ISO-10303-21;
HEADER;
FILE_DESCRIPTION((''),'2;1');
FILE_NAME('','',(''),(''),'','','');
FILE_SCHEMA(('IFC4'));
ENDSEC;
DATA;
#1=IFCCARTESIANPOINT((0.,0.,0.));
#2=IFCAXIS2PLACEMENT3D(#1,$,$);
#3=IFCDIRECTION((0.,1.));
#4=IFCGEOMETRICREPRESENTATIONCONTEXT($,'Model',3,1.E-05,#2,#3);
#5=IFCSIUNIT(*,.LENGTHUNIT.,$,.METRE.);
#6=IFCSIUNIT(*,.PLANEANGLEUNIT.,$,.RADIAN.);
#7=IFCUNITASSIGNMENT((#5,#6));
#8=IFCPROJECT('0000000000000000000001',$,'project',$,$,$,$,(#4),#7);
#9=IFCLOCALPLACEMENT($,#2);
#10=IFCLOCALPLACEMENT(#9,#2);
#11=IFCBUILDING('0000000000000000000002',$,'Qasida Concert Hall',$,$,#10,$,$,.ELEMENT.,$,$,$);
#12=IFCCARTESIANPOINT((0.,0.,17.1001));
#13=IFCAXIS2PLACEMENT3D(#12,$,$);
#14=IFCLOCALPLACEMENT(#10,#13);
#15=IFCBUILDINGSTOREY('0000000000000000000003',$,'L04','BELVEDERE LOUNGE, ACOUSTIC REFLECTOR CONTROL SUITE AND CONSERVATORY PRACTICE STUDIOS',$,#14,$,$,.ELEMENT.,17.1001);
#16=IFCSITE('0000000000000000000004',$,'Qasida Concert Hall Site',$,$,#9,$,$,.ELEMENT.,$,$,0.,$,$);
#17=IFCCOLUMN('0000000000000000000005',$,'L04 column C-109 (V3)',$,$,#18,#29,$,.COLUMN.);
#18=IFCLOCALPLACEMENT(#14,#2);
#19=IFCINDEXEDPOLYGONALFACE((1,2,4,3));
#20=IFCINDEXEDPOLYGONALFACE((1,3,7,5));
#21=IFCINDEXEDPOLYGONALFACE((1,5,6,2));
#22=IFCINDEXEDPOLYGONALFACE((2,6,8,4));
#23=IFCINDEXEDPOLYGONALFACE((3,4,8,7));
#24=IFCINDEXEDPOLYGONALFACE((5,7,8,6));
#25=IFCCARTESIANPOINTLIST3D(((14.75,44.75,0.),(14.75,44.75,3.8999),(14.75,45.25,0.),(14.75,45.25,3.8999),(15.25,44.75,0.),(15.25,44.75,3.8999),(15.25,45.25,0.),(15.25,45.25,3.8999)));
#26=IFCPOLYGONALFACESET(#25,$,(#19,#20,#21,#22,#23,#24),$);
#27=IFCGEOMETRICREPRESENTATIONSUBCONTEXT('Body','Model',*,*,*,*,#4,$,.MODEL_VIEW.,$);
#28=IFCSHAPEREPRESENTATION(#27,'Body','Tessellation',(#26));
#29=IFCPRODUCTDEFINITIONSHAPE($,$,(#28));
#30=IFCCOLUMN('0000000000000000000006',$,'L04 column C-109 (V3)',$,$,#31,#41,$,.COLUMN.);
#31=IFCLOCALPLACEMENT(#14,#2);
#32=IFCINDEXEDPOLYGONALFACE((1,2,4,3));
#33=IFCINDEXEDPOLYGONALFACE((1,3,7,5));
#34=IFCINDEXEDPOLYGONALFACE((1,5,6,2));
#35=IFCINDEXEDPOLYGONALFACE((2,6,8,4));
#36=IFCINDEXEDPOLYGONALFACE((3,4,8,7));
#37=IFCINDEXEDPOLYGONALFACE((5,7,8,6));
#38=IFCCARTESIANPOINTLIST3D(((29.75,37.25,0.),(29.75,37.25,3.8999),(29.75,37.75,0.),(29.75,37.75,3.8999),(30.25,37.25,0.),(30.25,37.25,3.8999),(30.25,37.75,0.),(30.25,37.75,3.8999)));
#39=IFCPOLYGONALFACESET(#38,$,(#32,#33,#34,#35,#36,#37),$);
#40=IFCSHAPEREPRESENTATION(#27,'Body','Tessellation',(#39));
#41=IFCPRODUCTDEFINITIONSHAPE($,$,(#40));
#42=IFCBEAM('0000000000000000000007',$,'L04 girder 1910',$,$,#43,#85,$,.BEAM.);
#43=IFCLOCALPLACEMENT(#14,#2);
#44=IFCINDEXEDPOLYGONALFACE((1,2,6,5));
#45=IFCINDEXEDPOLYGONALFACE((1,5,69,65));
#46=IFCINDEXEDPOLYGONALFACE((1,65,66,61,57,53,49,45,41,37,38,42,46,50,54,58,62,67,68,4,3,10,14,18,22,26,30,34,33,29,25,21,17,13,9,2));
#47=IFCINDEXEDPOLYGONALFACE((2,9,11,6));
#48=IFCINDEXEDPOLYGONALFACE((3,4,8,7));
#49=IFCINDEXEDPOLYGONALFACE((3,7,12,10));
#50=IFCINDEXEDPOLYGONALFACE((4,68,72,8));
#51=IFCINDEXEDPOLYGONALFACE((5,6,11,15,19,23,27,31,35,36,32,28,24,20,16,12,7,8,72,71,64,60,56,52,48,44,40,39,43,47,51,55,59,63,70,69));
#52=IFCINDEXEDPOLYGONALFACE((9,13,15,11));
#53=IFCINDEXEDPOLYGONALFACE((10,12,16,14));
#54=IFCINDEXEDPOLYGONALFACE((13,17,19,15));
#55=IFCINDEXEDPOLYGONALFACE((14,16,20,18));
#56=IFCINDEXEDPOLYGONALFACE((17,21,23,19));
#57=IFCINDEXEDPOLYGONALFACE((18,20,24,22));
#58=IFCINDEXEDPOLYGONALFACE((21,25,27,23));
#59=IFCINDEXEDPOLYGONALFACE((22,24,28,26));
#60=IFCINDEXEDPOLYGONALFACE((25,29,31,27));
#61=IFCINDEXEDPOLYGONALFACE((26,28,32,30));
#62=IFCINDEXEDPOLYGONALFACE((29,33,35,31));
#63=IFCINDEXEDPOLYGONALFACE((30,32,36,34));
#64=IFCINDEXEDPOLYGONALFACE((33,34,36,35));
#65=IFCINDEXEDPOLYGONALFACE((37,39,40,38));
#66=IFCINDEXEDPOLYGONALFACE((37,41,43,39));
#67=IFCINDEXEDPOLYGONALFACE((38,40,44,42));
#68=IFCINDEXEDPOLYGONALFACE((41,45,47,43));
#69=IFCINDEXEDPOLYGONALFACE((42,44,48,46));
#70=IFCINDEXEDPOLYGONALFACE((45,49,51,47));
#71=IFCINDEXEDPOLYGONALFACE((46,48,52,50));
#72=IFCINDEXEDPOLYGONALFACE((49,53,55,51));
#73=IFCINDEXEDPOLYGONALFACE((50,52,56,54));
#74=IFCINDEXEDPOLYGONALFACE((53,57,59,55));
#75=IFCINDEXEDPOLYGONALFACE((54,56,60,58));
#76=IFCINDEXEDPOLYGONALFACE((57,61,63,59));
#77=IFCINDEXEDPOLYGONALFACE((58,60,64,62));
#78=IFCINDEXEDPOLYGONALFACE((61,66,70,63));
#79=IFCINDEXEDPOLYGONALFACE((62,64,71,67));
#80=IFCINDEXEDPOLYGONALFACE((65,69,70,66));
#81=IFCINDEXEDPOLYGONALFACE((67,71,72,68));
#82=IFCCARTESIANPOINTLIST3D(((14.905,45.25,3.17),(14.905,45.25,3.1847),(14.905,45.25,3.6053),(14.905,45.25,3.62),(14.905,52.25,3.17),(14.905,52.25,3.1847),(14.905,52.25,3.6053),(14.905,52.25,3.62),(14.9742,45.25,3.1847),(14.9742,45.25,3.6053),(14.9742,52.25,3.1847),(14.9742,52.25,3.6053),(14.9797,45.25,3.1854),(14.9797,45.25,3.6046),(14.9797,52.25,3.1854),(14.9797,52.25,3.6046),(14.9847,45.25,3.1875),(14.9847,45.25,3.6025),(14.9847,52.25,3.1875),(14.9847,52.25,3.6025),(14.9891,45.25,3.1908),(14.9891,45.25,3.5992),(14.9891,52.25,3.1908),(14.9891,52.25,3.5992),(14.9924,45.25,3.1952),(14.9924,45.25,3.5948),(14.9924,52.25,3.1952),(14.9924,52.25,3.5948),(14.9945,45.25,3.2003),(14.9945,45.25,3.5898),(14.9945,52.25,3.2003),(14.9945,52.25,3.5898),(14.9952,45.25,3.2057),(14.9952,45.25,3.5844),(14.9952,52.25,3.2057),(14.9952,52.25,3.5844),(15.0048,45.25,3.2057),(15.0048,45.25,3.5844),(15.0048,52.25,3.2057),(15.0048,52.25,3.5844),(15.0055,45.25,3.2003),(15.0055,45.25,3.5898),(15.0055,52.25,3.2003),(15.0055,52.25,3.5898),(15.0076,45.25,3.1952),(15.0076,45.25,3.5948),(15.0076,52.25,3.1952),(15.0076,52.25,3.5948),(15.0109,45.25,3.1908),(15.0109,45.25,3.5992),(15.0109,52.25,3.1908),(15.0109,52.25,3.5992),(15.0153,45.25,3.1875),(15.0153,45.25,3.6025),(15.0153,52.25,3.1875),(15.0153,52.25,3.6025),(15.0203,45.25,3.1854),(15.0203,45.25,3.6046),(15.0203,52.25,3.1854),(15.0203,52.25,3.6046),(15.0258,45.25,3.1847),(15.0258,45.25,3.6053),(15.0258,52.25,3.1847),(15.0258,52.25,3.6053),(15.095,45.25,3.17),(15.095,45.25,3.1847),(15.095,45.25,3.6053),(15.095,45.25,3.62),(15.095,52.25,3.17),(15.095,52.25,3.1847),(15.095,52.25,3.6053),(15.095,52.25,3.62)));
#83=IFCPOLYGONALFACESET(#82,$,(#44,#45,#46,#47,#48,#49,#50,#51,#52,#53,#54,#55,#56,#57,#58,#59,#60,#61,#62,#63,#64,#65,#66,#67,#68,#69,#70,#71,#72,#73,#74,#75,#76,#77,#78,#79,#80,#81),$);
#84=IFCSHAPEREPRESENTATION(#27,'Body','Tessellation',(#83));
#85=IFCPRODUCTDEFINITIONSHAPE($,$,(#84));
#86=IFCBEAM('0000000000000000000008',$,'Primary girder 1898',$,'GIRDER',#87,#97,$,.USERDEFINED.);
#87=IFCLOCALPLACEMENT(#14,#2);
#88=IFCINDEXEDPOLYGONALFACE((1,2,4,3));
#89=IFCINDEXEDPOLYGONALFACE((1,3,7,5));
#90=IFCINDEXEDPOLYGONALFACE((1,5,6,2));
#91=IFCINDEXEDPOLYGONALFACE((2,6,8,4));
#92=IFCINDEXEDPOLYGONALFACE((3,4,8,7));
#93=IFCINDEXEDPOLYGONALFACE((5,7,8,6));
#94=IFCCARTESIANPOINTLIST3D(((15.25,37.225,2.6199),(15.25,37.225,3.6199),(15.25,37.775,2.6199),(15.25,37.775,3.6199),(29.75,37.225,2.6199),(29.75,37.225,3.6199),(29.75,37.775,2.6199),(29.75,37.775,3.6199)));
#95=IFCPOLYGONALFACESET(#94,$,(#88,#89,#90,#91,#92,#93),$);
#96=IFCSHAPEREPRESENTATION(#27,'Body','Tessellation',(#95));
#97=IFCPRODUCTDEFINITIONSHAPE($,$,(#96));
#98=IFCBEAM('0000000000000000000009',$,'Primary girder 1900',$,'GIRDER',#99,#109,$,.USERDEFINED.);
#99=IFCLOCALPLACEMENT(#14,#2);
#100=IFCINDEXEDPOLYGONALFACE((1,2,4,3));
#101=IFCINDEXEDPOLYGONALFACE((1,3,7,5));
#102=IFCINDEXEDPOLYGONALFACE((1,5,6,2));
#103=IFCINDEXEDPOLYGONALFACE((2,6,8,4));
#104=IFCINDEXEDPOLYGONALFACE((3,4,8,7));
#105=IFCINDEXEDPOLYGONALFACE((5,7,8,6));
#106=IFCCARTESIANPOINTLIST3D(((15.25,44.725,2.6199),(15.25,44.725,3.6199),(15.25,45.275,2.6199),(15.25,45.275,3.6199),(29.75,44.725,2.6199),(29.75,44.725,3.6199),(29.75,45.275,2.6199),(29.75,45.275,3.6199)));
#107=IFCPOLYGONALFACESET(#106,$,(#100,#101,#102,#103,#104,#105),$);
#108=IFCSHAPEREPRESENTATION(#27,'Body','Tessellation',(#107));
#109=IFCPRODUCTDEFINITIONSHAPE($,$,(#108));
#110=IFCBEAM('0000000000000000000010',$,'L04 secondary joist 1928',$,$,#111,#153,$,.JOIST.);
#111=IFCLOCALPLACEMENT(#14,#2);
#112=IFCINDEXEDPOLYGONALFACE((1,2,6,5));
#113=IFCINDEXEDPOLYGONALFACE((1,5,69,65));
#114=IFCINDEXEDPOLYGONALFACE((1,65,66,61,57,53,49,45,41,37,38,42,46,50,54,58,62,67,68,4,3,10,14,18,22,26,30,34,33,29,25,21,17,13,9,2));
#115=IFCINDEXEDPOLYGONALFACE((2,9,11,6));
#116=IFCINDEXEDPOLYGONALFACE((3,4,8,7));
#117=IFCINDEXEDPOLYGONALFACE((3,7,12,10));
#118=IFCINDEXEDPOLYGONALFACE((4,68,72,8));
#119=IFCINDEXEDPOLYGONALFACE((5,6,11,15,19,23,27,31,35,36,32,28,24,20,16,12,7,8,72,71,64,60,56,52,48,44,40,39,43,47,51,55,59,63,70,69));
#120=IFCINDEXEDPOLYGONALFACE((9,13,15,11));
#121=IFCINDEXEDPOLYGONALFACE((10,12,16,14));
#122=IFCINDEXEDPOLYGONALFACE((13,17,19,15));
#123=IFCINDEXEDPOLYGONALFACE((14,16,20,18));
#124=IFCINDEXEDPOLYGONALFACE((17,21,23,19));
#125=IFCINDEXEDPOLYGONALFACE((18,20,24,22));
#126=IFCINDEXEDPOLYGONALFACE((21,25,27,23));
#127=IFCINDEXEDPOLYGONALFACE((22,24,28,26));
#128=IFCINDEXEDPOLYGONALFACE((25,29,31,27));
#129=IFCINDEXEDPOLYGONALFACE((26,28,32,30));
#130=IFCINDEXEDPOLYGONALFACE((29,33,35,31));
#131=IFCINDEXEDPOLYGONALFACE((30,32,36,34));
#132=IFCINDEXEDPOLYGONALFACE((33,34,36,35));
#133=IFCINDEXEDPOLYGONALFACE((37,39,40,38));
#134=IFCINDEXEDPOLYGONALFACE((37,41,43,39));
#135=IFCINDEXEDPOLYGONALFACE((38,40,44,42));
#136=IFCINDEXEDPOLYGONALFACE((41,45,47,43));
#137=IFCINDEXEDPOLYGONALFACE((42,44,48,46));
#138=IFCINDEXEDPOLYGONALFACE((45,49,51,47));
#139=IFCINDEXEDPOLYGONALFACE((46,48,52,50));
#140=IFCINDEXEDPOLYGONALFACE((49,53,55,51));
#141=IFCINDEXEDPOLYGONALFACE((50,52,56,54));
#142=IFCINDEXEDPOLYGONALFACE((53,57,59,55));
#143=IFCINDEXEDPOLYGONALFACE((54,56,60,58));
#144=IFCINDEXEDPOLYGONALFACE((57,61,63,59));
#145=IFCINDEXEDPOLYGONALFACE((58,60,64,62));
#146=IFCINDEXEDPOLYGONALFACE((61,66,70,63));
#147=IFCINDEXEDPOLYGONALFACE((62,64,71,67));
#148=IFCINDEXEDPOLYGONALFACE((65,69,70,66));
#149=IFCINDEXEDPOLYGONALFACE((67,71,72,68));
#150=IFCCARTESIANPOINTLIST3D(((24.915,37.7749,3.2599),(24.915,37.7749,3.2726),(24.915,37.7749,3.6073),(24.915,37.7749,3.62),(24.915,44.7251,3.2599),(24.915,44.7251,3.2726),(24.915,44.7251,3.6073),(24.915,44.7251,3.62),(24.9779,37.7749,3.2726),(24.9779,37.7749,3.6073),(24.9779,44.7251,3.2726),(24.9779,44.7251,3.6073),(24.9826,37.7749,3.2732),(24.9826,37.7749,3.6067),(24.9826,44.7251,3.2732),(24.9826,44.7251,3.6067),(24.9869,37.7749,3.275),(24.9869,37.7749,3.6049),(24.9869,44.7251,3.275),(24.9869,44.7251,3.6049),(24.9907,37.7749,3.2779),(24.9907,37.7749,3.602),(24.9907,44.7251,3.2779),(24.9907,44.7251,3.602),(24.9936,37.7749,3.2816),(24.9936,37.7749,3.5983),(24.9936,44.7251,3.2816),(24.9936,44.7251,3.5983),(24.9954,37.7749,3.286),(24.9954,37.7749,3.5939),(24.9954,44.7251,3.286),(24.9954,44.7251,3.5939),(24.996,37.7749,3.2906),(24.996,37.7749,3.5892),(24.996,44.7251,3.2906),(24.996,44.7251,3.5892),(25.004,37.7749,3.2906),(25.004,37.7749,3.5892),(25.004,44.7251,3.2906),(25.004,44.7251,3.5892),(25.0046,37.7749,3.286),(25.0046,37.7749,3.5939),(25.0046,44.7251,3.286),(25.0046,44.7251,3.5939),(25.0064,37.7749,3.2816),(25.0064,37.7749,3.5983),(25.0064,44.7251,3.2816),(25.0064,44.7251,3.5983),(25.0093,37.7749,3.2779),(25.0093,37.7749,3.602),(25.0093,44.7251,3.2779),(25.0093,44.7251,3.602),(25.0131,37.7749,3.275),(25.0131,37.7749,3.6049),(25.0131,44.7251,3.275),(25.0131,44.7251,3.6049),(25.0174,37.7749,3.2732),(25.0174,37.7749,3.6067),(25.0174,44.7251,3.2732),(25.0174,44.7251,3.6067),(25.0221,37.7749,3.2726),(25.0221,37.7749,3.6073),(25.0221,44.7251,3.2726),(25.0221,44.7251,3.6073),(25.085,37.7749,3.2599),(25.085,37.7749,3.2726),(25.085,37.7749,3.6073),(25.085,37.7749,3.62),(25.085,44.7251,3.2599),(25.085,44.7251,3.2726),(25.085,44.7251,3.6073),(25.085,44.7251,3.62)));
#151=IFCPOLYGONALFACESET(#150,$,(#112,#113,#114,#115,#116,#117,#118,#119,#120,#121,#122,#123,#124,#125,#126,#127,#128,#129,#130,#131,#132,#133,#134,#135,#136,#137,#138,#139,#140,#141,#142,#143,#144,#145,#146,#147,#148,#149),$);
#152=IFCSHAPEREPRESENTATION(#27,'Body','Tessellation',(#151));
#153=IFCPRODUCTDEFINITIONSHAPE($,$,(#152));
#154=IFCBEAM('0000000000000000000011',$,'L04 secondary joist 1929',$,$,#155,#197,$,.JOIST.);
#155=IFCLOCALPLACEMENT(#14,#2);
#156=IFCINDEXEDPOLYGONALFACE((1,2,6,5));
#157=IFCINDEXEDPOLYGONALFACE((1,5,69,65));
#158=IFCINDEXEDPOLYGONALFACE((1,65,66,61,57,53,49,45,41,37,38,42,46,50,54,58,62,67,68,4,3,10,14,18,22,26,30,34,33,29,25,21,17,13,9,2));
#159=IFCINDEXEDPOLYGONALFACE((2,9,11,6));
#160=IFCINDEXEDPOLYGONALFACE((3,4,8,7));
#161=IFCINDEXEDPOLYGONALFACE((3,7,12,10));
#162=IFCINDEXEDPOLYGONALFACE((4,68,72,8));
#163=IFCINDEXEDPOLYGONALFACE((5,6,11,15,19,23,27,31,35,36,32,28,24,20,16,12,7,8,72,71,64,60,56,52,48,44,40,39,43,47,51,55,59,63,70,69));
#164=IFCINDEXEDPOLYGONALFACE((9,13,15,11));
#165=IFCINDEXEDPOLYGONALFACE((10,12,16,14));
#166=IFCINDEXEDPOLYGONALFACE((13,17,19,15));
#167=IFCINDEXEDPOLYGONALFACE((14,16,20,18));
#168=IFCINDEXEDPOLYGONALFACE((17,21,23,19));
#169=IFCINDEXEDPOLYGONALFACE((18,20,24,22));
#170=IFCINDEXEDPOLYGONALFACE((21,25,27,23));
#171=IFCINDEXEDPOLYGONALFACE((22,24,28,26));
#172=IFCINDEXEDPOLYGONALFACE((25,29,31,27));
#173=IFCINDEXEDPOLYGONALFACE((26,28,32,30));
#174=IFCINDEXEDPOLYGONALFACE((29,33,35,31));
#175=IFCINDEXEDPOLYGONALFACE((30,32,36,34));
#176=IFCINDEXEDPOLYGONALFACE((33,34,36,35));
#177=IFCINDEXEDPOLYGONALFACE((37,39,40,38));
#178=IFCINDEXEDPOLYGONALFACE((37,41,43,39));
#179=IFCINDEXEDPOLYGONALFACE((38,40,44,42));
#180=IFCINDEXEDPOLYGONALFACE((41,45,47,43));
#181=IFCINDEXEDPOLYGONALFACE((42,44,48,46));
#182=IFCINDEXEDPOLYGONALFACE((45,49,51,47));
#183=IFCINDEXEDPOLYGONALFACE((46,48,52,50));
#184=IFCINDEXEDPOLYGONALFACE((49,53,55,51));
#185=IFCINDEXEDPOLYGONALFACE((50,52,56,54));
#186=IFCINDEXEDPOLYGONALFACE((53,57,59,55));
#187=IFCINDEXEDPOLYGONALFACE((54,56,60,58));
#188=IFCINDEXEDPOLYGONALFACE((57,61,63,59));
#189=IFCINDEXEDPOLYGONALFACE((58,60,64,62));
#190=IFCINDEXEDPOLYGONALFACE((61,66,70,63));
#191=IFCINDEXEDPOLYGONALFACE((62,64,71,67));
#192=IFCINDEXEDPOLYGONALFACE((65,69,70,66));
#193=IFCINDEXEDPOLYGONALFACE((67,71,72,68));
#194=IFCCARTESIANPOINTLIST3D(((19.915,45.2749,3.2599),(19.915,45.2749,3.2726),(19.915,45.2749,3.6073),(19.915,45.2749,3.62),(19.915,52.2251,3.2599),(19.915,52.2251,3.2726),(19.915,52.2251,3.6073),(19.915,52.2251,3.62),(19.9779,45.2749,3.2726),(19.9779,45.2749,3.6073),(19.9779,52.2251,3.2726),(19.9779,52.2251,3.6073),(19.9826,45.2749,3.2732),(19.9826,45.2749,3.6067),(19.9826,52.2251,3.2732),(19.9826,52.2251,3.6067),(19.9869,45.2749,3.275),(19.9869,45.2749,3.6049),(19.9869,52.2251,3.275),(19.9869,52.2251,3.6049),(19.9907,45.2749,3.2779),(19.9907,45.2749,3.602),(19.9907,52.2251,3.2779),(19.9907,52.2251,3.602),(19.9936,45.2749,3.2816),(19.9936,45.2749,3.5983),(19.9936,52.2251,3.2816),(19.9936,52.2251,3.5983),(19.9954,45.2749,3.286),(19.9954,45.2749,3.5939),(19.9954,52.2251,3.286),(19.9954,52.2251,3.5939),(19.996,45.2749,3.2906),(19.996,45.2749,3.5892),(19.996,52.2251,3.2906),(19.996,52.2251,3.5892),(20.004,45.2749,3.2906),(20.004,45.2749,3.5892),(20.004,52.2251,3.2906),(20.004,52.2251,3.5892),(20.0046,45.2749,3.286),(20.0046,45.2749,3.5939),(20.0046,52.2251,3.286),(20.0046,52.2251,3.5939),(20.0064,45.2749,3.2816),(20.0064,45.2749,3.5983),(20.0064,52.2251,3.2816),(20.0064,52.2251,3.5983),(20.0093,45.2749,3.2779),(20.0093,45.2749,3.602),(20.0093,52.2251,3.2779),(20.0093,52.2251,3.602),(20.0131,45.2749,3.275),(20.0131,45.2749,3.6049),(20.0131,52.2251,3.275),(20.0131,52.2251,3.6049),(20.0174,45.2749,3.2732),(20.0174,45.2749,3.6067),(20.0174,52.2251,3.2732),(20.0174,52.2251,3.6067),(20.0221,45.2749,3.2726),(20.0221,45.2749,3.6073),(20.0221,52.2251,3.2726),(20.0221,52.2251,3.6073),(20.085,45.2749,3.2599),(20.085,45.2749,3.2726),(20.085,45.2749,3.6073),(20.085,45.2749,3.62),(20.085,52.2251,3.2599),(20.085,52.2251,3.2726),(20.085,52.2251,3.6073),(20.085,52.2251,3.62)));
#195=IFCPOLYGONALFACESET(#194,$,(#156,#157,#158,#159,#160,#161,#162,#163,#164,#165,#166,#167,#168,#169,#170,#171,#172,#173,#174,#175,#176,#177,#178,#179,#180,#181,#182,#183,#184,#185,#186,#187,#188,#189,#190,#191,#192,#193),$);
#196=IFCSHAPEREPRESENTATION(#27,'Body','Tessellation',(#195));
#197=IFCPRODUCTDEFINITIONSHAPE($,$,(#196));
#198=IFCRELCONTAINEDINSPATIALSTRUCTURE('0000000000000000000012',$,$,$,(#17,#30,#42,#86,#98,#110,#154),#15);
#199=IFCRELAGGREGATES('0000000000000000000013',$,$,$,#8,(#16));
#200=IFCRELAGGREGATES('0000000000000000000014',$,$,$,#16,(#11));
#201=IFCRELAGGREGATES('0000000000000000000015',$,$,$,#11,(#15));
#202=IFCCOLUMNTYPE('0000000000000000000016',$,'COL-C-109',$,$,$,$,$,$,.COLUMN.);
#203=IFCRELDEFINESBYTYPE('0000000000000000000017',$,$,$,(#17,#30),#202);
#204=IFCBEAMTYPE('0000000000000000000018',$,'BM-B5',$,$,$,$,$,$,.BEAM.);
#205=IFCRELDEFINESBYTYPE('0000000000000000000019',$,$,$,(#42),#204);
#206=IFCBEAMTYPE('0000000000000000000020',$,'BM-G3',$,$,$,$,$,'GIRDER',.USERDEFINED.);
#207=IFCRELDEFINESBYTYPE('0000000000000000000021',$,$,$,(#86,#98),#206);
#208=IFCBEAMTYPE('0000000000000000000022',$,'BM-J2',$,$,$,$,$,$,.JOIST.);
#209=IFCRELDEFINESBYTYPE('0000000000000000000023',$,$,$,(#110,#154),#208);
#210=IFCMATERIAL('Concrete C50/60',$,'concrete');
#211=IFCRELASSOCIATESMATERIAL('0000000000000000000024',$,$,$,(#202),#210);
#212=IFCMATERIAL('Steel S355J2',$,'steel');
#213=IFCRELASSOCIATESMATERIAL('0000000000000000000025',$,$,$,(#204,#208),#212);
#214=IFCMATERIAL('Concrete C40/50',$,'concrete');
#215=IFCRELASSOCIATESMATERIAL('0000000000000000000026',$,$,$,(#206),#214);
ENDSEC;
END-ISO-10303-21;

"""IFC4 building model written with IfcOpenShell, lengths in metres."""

from ifc_helpers import new_model, si_unit, direction, frame, origin, origin_2d, place, context, subcontext, project, spatial, rectangle, i_section, extrude, material, material_profile, profile_set, type_object, element, save


model = new_model("IFC4")

# Units and contexts
model_context = context("Model", 3, precision=1e-05, world=origin(), true_north=direction((0.0, 1.0)))
body_context = subcontext(model_context, "Body", "Model", "MODEL_VIEW")
ifc_project = project(units=[si_unit("LENGTHUNIT", "METRE"), si_unit("PLANEANGLEUNIT", "RADIAN")], contexts=[model_context])

# Site, building, storey
site_placement = place(None, origin())
site = spatial("IfcSite", under=ifc_project, at=site_placement, Name="Qasida Concert Hall Site", CompositionType="ELEMENT", RefElevation=0.0)
building_placement = place(site_placement, origin())
building = spatial("IfcBuilding", under=site, at=building_placement, Name="Qasida Concert Hall", CompositionType="ELEMENT")
storey_placement = place(building_placement, frame((0.0, 0.0, 17.1001)))
storey = spatial("IfcBuildingStorey", under=building, at=storey_placement, Name="L04", Description="BELVEDERE LOUNGE, ACOUSTIC REFLECTOR CONTROL SUITE AND CONSERVATORY PRACTICE STUDIOS", CompositionType="ELEMENT", Elevation=17.1001)

# Columns
ifc_material_1 = material(Name="Concrete C50/60", Category="concrete")
ifc_material_profile_1 = material_profile(ifc_material_1, rectangle(XDim=0.5, YDim=0.5, at=origin_2d()), Name="RC 500x500")
ifc_profile_set_1 = profile_set([ifc_material_profile_1], Name="Concrete C50/60")
column_type = type_object("IfcColumnType", Name="COL-C-109", PredefinedType="COLUMN", material=ifc_profile_set_1)
for number, where, z_axis, x_axis, name in (
    (1, (15.0, 45.0, 0.0), (0.0, 0.0, 1.0), (1.0, 0.0, 0.0), "L04 column C-109 (V3)"),
    (2, (30.0, 37.5, 0.0), (0.0, 0.0, 1.0), (1.0, 0.0, 0.0), "L04 column C-109 (V3)"),
):
    element("IfcColumn", number, at=place(storey_placement, frame(where, z_axis=z_axis, x_axis=x_axis)), inside=storey, type_object=column_type, Name=name, PredefinedType="COLUMN", context=body_context, shape_type="SweptSolid", body=[
        extrude(rectangle(XDim=0.5, YDim=0.5, at=origin_2d()), origin(), (0.0, 0.0, 1.0), 3.8999),
    ])

# Beams
ifc_material_2 = material(Name="Steel S355J2", Category="steel")
ifc_material_profile_2 = material_profile(ifc_material_2, i_section(OverallWidth=0.1899, OverallDepth=0.45, WebThickness=0.0095, FlangeThickness=0.0146, FilletRadius=0.021, at=origin_2d()), Name="IPE 450")
ifc_profile_set_2 = profile_set([ifc_material_profile_2], Name="Steel S355J2")
beam_type_1 = type_object("IfcBeamType", Name="BM-B5", PredefinedType="BEAM", material=ifc_profile_set_2)
beam_1_placement = place(storey_placement, frame((15.0, 45.25, 3.395), z_axis=(0.0, 1.0, 0.0), x_axis=(-1.0, 0.0, 0.0)))
element("IfcBeam", 3, at=beam_1_placement, inside=storey, type_object=beam_type_1, Name="L04 girder 1910", PredefinedType="BEAM", context=body_context, shape_type="SweptSolid", body=[
    extrude(i_section(OverallWidth=0.1899, OverallDepth=0.45, WebThickness=0.0095, FlangeThickness=0.0146, FilletRadius=0.021, at=origin_2d()), origin(), (0.0, 0.0, 1.0), 7.0),
])
ifc_material_3 = material(Name="Concrete C40/50", Category="concrete")
ifc_material_profile_3 = material_profile(ifc_material_3, rectangle(XDim=0.55, YDim=1.0, at=origin_2d()), Name="RC 550x1000")
ifc_profile_set_3 = profile_set([ifc_material_profile_3], Name="Concrete C40/50")
beam_type_2 = type_object("IfcBeamType", Name="BM-G3", ElementType="GIRDER", PredefinedType="USERDEFINED", material=ifc_profile_set_3)
for number, where, z_axis, x_axis, name in (
    (4, (15.25, 37.5, 3.1199), (1.0, 0.0, 0.0), (0.0, 1.0, 0.0), "Primary girder 1898"),
    (5, (15.25, 45.0, 3.1199), (1.0, 0.0, 0.0), (0.0, 1.0, 0.0), "Primary girder 1900"),
):
    element("IfcBeam", number, at=place(storey_placement, frame(where, z_axis=z_axis, x_axis=x_axis)), inside=storey, type_object=beam_type_2, Name=name, ObjectType="GIRDER", PredefinedType="USERDEFINED", context=body_context, shape_type="SweptSolid", body=[
        extrude(rectangle(XDim=0.55, YDim=1.0, at=origin_2d()), origin(), (0.0, 0.0, 1.0), 14.5),
    ])
ifc_material_profile_4 = material_profile(ifc_material_2, i_section(OverallWidth=0.1699, OverallDepth=0.3601, WebThickness=0.0081, FlangeThickness=0.0127, FilletRadius=0.0181, at=origin_2d()), Name="IPE 360")
ifc_profile_set_4 = profile_set([ifc_material_profile_4], Name="Steel S355J2")
beam_type_3 = type_object("IfcBeamType", Name="BM-J2", PredefinedType="JOIST", material=ifc_profile_set_4)
for number, where, z_axis, x_axis, name in (
    (6, (25.0, 37.7749, 3.4399), (0.0, 1.0, 0.0), (-1.0, 0.0, 0.0), "L04 secondary joist 1928"),
    (7, (20.0, 45.2749, 3.4399), (0.0, 1.0, 0.0), (-1.0, 0.0, 0.0), "L04 secondary joist 1929"),
):
    element("IfcBeam", number, at=place(storey_placement, frame(where, z_axis=z_axis, x_axis=x_axis)), inside=storey, type_object=beam_type_3, Name=name, PredefinedType="JOIST", context=body_context, shape_type="SweptSolid", body=[
        extrude(i_section(OverallWidth=0.1699, OverallDepth=0.3601, WebThickness=0.0081, FlangeThickness=0.0127, FilletRadius=0.0181, at=origin_2d()), origin(), (0.0, 0.0, 1.0), 6.9502),
    ])

save(model, "model.ifc")
